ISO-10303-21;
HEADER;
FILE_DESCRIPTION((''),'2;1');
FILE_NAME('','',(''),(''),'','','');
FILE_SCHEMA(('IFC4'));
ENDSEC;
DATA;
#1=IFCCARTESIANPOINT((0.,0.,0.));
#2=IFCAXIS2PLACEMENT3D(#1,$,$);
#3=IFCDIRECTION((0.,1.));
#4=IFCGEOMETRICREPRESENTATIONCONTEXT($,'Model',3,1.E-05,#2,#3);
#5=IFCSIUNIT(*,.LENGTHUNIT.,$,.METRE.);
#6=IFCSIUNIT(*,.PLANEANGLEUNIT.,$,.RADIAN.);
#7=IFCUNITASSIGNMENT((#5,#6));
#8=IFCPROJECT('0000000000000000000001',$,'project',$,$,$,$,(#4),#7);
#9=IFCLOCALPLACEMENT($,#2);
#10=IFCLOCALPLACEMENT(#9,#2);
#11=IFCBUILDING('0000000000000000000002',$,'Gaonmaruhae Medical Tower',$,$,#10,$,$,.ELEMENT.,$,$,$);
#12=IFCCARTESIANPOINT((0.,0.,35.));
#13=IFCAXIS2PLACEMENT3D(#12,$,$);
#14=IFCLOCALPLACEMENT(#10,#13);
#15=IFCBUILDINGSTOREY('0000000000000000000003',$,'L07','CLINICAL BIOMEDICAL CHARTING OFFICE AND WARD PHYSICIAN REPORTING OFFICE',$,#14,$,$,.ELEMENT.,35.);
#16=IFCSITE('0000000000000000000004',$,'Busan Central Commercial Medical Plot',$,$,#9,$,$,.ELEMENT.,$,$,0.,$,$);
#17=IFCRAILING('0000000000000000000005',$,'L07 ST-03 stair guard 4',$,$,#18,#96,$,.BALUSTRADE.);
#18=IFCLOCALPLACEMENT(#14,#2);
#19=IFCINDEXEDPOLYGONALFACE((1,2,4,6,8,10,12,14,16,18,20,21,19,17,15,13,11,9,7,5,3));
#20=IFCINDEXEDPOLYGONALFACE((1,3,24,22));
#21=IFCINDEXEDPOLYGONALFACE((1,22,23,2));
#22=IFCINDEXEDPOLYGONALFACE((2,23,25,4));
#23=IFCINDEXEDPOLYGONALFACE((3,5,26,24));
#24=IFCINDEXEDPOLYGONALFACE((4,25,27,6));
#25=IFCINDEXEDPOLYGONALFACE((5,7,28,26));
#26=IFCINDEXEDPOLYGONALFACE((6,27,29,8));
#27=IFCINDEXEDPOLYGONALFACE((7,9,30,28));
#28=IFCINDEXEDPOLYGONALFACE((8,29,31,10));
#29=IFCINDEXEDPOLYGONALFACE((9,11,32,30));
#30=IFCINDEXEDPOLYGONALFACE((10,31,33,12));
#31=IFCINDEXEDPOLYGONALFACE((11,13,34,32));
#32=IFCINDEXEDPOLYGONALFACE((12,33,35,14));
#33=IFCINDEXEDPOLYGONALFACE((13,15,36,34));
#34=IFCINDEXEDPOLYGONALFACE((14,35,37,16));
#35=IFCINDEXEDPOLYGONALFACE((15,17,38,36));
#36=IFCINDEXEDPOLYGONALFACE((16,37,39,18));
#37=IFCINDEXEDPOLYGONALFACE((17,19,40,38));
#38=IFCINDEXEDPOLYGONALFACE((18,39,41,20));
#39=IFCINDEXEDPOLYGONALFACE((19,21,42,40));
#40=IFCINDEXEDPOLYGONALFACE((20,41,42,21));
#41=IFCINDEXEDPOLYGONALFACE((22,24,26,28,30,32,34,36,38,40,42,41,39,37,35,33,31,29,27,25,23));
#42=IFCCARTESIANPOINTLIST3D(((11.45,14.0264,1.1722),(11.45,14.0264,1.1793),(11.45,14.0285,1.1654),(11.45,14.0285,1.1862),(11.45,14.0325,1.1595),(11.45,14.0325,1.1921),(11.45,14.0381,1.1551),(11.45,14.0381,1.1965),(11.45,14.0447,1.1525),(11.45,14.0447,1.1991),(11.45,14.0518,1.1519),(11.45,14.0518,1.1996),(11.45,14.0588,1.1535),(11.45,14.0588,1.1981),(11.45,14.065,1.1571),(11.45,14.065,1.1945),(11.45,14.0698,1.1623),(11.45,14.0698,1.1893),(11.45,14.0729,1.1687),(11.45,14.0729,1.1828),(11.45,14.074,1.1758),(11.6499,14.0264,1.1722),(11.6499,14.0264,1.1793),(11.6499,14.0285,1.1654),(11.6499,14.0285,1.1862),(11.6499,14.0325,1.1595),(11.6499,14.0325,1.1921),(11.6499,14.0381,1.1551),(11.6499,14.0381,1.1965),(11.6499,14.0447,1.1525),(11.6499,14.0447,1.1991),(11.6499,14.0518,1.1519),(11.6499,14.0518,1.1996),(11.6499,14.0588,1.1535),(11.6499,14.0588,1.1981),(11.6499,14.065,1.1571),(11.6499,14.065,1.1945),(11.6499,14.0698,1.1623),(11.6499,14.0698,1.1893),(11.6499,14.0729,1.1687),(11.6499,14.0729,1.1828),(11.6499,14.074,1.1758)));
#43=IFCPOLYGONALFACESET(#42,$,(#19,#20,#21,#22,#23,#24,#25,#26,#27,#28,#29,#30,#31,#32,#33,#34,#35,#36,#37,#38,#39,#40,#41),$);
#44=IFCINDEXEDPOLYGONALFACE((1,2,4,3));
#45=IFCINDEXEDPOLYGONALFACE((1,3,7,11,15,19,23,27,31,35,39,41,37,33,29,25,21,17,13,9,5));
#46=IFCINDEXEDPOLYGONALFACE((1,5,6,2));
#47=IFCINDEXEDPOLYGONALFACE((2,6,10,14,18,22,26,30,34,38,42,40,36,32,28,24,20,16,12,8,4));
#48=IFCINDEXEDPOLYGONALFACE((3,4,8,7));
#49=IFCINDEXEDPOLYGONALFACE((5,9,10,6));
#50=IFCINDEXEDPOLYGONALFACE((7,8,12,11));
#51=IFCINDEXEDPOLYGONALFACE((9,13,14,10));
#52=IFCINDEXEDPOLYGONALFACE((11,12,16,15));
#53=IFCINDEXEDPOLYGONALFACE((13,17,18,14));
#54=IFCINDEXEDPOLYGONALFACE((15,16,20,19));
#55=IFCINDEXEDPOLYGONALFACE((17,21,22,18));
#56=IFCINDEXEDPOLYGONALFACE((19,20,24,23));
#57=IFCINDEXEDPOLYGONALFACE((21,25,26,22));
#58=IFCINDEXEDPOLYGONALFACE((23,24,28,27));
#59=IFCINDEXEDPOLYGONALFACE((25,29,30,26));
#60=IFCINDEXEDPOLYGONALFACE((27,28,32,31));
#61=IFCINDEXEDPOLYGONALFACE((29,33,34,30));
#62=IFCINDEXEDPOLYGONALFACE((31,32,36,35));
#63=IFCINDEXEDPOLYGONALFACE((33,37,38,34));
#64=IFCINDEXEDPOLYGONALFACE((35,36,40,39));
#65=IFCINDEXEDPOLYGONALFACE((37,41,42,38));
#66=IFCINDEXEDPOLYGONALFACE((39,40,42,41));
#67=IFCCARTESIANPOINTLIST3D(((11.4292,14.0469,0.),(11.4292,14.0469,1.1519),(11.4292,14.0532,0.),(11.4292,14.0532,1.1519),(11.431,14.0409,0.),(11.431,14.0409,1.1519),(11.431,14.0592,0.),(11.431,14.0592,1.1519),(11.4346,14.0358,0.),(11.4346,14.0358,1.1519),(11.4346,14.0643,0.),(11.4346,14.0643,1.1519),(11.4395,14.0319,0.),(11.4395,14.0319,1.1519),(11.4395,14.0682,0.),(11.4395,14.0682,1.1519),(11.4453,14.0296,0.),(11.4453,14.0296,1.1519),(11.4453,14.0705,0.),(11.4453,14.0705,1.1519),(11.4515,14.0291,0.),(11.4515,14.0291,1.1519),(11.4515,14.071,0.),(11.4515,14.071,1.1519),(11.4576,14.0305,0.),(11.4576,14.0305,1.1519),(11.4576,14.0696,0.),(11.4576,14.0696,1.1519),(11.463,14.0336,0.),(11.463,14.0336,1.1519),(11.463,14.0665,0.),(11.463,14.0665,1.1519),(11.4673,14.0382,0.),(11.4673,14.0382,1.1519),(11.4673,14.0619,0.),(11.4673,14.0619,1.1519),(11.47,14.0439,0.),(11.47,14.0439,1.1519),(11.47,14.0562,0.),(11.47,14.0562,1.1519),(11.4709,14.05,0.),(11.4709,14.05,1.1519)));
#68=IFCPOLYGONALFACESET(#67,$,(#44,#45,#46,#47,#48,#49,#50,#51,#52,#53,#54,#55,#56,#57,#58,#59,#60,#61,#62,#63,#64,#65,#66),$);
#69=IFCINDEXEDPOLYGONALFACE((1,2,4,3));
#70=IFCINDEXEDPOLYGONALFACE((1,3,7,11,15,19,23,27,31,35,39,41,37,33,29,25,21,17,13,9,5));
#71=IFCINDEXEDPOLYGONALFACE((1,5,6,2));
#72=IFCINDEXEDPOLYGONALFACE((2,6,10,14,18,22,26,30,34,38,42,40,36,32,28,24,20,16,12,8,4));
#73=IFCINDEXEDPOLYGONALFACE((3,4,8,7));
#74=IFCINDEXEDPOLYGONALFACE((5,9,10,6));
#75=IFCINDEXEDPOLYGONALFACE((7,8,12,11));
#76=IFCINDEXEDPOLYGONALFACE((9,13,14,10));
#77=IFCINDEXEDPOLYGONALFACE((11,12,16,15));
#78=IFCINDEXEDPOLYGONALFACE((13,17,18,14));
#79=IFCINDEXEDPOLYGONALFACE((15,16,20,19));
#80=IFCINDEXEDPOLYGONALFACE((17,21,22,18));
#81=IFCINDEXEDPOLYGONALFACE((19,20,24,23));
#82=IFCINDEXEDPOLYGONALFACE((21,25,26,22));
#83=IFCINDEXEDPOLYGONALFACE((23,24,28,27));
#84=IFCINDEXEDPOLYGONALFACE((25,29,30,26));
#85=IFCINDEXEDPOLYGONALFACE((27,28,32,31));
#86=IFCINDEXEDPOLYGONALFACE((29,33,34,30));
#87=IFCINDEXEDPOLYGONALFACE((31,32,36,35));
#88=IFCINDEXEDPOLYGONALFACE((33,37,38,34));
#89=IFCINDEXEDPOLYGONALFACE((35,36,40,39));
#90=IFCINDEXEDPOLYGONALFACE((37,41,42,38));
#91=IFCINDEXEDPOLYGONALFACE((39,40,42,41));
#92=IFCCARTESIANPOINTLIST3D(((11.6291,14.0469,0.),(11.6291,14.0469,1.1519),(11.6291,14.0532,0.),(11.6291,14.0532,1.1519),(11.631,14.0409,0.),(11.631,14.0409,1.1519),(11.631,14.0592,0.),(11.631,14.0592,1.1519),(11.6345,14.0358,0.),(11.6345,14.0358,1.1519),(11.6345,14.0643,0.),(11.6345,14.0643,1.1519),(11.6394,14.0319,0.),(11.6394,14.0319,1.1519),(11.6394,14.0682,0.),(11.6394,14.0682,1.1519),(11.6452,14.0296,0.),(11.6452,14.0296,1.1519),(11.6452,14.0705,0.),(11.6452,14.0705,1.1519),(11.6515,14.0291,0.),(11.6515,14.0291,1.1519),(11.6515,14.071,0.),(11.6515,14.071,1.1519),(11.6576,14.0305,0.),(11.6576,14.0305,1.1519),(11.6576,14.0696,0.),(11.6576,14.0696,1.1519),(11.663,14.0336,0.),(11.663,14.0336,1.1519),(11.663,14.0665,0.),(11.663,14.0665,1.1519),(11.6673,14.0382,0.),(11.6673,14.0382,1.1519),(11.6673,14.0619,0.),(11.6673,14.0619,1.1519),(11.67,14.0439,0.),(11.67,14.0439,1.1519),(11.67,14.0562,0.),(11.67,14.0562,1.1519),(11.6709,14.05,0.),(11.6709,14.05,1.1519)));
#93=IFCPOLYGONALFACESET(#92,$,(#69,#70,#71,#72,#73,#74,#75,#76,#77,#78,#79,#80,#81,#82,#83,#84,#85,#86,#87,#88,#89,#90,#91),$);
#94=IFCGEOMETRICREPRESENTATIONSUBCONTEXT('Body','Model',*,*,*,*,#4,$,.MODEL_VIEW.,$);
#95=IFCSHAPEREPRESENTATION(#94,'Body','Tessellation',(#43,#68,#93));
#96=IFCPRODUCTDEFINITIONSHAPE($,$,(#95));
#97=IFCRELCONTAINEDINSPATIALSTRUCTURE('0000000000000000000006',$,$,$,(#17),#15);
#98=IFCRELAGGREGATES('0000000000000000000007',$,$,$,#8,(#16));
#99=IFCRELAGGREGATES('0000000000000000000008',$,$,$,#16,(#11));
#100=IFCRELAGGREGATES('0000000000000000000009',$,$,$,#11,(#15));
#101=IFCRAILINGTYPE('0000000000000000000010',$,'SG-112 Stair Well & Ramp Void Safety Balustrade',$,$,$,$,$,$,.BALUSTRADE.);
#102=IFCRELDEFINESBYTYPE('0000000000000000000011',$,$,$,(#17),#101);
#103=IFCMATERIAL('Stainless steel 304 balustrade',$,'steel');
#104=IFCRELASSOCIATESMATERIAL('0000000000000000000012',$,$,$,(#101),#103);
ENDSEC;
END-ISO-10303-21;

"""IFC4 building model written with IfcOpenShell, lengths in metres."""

from ifc_helpers import new_model, si_unit, direction, frame, origin, origin_2d, place, context, subcontext, project, spatial, circle, extrude, material, type_object, element, save


model = new_model("IFC4")

# Units and contexts
model_context = context("Model", 3, precision=1e-05, world=origin(), true_north=direction((0.0, 1.0)))
body_context = subcontext(model_context, "Body", "Model", "MODEL_VIEW")
ifc_project = project(units=[si_unit("LENGTHUNIT", "METRE"), si_unit("PLANEANGLEUNIT", "RADIAN")], contexts=[model_context])

# Site, building, storey
site_placement = place(None, origin())
site = spatial("IfcSite", under=ifc_project, at=site_placement, Name="Busan Central Commercial Medical Plot", CompositionType="ELEMENT", RefElevation=0.0)
building_placement = place(site_placement, origin())
building = spatial("IfcBuilding", under=site, at=building_placement, Name="Gaonmaruhae Medical Tower", CompositionType="ELEMENT")
storey_placement = place(building_placement, frame((0.0, 0.0, 35.0)))
storey = spatial("IfcBuildingStorey", under=building, at=storey_placement, Name="L07", Description="CLINICAL BIOMEDICAL CHARTING OFFICE AND WARD PHYSICIAN REPORTING OFFICE", CompositionType="ELEMENT", Elevation=35.0)

# Railing
ifc_material_1 = material(Name="Stainless steel 304 balustrade", Category="steel")
railing_type_1 = type_object("IfcRailingType", Name="SG-112 Stair Well & Ramp Void Safety Balustrade", PredefinedType="BALUSTRADE", material=ifc_material_1)
railing_1_placement = place(storey_placement, frame((11.45, 14.05, 0.0)))
element("IfcRailing", 1, at=railing_1_placement, inside=storey, type_object=railing_type_1, Name="L07 ST-03 stair guard 4", PredefinedType="BALUSTRADE", context=body_context, shape_type="SweptSolid", body=[
    extrude(circle(Radius=0.0239, at=origin_2d()), frame((0.0, 0.0, 1.1758), z_axis=(1.0, 0.0, 0.0), x_axis=(0.0, 1.0, 0.0)), (0.0, 0.0, 1.0), 0.2),
    extrude(circle(Radius=0.021, at=origin_2d()), origin(), (0.0, 0.0, 1.0), 1.1519),
    extrude(circle(Radius=0.021, at=origin_2d()), frame((0.2, 0.0, 0.0)), (0.0, 0.0, 1.0), 1.1519),
])

save(model, "model.ifc")
